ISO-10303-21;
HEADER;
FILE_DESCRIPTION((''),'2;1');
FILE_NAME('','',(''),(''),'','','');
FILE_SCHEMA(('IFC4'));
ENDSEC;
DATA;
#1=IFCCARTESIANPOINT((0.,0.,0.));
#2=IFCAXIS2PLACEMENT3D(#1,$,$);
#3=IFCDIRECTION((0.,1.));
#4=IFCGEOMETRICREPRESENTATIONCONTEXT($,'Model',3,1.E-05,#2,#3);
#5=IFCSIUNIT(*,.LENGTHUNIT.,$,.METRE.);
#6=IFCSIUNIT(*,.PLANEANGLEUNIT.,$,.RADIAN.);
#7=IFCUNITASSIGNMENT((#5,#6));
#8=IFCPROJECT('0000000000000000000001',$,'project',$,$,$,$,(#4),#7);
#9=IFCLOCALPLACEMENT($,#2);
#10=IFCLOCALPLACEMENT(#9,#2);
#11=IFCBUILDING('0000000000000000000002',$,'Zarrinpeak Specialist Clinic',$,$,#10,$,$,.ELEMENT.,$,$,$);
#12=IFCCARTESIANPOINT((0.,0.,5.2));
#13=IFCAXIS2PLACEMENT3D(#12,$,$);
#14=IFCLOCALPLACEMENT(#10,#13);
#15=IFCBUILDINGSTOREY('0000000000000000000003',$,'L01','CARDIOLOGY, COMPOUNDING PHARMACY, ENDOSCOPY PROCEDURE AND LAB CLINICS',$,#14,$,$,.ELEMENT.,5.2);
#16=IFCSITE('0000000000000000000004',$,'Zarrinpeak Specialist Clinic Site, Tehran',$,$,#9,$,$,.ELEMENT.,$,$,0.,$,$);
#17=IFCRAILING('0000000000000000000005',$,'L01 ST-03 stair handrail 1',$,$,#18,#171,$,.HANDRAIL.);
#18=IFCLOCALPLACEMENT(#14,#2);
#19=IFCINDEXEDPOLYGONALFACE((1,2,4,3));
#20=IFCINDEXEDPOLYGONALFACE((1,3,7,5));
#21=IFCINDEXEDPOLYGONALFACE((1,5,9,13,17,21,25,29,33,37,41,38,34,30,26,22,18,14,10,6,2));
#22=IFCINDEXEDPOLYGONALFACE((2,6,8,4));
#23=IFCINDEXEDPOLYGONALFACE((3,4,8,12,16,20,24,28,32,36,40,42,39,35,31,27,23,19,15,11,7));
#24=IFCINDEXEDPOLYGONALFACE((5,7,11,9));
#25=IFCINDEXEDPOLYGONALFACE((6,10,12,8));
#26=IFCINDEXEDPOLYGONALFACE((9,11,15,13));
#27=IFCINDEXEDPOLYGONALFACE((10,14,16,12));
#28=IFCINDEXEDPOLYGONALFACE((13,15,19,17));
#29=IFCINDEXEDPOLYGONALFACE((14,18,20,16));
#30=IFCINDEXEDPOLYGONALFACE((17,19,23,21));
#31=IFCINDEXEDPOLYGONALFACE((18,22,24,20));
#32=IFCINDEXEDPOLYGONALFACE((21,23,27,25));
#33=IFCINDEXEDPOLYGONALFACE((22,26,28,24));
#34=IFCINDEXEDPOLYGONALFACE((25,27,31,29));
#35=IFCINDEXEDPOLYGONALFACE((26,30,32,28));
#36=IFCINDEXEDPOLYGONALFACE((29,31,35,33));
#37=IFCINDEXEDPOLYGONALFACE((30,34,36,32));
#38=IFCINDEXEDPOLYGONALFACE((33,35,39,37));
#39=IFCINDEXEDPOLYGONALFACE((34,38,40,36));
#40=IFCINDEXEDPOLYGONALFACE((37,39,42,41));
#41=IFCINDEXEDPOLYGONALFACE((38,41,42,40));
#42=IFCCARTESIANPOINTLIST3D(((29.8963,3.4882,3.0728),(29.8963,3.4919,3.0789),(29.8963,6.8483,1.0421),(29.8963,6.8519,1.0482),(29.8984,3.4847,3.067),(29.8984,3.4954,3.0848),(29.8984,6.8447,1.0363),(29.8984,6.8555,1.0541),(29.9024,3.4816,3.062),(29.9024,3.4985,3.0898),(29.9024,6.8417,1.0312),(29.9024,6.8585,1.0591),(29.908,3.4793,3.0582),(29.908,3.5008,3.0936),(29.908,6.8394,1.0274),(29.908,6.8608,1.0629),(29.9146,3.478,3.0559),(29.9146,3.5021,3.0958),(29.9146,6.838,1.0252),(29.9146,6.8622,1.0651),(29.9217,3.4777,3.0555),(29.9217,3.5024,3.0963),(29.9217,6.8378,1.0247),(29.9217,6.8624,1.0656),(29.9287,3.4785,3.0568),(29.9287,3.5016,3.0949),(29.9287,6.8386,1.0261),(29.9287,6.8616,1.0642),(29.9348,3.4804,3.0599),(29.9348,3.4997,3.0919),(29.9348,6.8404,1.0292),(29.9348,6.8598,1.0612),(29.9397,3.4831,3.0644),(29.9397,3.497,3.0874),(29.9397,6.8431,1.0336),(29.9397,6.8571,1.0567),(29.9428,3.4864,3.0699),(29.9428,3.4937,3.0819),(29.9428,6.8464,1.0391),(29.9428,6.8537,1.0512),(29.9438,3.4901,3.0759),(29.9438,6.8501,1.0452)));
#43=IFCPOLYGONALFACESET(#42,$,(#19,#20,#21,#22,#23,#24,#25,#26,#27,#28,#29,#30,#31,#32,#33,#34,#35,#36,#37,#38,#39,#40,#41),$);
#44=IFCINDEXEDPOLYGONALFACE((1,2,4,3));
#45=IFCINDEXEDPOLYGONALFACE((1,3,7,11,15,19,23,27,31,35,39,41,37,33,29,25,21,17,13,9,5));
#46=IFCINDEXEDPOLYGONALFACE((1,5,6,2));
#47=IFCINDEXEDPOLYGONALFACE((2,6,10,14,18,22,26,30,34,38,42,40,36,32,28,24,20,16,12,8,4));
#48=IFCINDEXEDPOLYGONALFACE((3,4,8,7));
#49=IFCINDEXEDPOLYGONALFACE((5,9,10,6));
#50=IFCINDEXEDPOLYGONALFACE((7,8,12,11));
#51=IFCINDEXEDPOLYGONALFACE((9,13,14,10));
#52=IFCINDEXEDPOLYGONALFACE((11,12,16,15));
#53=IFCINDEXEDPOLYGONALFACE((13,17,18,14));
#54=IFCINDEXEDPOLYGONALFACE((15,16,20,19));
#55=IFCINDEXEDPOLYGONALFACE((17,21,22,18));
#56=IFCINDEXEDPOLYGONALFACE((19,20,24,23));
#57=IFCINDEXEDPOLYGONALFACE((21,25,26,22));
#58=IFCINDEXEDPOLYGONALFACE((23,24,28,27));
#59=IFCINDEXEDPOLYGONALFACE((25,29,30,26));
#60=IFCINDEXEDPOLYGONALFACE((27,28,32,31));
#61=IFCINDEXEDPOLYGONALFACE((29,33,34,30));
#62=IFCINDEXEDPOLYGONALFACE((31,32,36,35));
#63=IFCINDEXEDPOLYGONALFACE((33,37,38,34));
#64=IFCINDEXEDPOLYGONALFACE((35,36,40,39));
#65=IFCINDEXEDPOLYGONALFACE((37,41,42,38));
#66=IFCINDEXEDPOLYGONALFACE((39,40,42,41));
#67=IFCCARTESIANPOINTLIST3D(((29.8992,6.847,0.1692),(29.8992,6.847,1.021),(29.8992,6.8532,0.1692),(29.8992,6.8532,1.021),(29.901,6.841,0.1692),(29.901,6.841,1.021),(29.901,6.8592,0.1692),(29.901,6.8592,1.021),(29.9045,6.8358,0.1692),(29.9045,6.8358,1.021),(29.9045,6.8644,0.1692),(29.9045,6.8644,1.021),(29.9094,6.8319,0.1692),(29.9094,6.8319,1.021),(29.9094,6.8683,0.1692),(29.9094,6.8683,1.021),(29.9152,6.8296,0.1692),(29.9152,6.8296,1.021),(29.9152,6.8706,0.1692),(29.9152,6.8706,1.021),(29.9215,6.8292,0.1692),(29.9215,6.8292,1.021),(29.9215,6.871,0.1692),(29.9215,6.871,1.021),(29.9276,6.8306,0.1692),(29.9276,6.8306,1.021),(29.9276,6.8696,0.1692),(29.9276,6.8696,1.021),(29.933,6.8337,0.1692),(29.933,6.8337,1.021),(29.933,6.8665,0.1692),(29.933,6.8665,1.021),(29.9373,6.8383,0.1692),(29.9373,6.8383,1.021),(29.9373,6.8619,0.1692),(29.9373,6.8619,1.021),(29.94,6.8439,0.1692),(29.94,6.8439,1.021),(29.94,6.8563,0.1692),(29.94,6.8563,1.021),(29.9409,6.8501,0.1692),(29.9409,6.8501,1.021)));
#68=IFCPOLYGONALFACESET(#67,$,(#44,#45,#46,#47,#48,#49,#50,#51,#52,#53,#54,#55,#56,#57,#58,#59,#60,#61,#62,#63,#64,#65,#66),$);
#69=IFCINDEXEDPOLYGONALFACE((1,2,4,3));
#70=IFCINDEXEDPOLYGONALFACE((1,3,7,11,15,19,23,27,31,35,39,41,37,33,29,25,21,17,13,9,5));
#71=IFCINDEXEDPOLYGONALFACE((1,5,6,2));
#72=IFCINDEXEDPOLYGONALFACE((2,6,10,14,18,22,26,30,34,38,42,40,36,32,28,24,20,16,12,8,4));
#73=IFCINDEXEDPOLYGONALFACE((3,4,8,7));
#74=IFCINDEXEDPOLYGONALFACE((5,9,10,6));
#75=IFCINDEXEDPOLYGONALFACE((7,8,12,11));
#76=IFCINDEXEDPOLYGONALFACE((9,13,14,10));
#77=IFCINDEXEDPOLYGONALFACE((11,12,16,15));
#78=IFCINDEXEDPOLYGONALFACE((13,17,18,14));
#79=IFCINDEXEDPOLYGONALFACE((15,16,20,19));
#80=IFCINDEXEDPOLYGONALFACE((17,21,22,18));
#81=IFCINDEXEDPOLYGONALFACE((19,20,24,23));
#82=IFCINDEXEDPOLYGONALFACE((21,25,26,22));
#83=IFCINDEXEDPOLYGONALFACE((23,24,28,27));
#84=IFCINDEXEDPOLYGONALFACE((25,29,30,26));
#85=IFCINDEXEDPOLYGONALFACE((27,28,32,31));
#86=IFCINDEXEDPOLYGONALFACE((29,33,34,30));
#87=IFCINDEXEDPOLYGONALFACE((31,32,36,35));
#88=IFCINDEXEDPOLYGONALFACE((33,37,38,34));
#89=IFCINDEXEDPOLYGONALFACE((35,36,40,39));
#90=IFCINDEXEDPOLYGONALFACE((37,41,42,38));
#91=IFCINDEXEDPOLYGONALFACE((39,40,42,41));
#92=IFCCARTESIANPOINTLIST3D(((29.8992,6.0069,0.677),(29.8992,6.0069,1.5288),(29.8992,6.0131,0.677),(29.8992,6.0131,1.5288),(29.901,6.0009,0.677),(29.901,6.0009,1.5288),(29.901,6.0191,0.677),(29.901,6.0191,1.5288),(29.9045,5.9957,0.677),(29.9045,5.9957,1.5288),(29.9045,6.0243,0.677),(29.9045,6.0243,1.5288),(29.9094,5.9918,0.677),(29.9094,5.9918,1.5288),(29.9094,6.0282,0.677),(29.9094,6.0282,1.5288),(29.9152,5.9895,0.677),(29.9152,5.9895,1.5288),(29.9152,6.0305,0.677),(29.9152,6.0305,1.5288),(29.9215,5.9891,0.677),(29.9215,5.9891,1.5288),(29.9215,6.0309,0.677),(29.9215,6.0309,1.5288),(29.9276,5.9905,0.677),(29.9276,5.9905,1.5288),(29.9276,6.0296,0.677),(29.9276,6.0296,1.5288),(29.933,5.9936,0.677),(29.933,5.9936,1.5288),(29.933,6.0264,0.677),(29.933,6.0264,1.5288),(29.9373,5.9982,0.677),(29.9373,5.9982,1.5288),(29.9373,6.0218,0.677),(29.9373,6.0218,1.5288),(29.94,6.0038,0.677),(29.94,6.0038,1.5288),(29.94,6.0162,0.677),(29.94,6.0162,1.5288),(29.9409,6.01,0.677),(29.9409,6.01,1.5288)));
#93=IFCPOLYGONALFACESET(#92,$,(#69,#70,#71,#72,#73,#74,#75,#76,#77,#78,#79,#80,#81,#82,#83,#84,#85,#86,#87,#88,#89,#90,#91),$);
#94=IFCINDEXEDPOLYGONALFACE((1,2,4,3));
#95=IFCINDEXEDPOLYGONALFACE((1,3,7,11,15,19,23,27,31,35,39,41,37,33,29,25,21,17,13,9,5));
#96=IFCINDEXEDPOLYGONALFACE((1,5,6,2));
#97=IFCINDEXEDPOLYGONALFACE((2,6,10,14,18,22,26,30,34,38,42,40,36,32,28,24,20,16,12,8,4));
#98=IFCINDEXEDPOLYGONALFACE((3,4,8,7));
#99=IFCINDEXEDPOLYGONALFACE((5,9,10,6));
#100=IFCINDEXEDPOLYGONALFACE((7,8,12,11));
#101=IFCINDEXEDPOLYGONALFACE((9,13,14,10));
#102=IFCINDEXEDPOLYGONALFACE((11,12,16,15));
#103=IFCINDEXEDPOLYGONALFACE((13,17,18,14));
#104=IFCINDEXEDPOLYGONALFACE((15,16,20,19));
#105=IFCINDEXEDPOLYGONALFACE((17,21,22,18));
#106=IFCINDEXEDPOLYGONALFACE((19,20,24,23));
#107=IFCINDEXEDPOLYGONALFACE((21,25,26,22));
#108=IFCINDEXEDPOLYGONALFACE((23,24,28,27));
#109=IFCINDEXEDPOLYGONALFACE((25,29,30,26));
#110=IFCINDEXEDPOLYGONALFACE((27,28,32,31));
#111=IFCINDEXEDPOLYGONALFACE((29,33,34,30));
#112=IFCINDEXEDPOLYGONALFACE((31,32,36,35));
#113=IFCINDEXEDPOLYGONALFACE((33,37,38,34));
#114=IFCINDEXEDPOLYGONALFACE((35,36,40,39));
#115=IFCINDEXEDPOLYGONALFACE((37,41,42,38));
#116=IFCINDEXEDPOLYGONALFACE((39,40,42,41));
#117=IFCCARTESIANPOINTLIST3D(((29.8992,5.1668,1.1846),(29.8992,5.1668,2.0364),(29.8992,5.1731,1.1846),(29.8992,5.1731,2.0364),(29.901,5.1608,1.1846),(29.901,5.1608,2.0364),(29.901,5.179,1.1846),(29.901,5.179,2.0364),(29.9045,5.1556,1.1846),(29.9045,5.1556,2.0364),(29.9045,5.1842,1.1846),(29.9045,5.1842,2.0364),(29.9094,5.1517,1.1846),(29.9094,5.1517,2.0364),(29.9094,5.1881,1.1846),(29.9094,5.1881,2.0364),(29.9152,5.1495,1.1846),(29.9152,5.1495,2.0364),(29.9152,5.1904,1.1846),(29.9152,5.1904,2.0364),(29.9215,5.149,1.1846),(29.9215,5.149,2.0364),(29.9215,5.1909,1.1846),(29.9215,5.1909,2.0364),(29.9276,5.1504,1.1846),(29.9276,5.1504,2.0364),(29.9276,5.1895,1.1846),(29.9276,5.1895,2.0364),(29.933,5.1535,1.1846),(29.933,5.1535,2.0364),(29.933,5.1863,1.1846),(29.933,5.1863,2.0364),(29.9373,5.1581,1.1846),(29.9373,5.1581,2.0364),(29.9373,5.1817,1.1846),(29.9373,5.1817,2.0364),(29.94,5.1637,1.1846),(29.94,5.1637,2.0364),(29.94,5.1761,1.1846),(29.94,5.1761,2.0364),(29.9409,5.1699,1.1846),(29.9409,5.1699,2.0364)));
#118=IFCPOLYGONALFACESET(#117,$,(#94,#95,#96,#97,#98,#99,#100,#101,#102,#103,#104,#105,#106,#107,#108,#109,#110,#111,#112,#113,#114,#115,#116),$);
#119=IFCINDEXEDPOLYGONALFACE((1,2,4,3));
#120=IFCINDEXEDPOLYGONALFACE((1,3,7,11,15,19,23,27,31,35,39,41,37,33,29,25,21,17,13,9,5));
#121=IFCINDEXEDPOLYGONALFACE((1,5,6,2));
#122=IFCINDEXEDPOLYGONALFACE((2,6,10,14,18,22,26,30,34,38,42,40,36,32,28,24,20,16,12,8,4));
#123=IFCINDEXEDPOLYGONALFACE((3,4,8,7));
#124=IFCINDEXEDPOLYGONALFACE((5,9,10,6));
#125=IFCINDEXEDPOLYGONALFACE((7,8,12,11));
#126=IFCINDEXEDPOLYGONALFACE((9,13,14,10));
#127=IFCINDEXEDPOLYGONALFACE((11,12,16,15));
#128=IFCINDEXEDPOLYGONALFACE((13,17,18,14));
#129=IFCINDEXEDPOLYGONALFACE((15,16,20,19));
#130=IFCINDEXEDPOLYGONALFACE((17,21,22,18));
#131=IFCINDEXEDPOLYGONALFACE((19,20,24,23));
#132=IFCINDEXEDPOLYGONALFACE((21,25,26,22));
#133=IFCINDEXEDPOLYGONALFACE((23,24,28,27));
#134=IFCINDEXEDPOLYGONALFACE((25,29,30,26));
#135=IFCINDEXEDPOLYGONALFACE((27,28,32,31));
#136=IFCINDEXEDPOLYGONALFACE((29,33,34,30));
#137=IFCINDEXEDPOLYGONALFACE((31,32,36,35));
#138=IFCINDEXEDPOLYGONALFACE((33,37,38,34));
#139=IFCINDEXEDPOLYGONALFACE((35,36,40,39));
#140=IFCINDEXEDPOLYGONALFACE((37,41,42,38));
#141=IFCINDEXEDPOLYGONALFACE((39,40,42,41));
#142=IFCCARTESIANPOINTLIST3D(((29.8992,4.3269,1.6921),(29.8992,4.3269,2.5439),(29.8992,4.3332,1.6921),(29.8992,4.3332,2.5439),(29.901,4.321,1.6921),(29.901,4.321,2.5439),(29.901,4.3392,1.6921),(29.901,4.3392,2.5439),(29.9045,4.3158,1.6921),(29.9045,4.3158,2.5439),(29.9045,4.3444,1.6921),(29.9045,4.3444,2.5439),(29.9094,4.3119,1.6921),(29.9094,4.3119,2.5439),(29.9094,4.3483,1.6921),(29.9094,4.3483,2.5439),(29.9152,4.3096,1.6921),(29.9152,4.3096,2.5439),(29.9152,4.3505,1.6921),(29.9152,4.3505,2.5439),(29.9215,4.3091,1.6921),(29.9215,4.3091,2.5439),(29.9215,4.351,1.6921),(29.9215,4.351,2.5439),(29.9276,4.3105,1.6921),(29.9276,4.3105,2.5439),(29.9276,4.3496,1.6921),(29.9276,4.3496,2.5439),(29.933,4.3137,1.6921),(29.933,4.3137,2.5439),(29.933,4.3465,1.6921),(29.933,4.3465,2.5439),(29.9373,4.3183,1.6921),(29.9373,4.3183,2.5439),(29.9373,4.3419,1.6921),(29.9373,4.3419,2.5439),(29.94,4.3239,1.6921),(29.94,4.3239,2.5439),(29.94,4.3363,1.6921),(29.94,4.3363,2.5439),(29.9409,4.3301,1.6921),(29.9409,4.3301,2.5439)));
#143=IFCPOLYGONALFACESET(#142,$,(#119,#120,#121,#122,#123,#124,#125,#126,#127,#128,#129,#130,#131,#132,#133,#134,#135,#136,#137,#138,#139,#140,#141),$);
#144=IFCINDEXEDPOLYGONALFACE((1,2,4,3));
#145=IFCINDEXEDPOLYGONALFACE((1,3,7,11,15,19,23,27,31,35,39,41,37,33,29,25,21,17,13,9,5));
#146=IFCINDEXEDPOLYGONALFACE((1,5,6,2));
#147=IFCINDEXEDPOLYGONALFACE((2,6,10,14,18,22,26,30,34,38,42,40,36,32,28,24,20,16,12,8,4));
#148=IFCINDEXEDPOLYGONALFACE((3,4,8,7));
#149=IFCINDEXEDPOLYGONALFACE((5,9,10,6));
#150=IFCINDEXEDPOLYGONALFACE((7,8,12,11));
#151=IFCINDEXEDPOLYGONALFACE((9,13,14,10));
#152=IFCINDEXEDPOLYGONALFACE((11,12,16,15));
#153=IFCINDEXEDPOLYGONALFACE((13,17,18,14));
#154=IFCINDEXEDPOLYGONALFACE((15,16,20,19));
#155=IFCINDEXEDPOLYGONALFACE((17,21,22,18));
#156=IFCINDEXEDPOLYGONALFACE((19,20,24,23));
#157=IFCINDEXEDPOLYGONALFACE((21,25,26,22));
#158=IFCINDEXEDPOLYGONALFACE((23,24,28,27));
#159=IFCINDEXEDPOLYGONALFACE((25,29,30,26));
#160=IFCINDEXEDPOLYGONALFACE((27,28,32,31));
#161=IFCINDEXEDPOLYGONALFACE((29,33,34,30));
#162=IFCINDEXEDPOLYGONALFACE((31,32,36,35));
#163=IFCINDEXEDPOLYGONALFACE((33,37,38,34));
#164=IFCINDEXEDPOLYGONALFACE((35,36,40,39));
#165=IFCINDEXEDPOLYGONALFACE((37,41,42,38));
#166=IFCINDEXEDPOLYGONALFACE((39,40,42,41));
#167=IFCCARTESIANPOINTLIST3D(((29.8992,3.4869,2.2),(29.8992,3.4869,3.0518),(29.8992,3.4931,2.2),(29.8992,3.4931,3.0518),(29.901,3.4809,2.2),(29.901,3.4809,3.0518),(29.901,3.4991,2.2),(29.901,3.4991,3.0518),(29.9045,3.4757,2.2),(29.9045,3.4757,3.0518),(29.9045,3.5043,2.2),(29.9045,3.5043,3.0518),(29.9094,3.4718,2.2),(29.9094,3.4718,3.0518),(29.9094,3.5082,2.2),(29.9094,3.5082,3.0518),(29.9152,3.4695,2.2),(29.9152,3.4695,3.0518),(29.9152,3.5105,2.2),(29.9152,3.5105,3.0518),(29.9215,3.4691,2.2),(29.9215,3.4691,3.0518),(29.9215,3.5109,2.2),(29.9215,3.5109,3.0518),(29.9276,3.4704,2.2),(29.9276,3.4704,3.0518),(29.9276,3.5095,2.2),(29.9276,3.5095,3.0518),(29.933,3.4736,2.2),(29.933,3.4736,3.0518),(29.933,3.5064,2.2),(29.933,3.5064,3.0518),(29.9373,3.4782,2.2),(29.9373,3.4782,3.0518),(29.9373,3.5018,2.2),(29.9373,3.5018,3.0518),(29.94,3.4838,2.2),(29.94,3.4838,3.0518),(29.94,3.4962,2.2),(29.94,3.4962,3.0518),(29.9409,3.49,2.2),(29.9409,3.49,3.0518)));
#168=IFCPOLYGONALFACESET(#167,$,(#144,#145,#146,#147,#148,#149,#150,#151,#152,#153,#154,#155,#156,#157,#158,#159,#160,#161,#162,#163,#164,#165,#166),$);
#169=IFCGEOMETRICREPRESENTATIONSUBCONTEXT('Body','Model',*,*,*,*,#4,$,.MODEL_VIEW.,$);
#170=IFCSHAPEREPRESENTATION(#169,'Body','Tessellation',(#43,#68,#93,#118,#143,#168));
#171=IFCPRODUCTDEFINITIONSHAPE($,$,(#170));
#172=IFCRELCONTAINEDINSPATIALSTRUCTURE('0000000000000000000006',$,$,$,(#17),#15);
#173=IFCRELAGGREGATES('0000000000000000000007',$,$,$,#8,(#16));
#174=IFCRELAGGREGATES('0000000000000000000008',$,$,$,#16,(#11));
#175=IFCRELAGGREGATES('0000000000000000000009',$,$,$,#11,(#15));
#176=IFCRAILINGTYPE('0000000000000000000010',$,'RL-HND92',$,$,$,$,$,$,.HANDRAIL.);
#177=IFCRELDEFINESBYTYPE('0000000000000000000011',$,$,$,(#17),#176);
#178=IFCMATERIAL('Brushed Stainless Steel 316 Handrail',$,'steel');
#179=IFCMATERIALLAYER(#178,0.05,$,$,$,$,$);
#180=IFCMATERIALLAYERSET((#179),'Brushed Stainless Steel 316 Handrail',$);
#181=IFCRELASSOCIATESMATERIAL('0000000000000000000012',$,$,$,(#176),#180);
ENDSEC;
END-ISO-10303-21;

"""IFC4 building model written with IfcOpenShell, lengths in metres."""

from ifc_helpers import new_model, si_unit, direction, frame, origin, origin_2d, place, context, subcontext, project, spatial, circle, extrude, material, layer, layer_set, type_object, element, save


model = new_model("IFC4")

# Units and contexts
model_context = context("Model", 3, precision=1e-05, world=origin(), true_north=direction((0.0, 1.0)))
body_context = subcontext(model_context, "Body", "Model", "MODEL_VIEW")
ifc_project = project(units=[si_unit("LENGTHUNIT", "METRE"), si_unit("PLANEANGLEUNIT", "RADIAN")], contexts=[model_context])

# Site, building, storey
site_placement = place(None, origin())
site = spatial("IfcSite", under=ifc_project, at=site_placement, Name="Zarrinpeak Specialist Clinic Site, Tehran", CompositionType="ELEMENT", RefElevation=0.0)
building_placement = place(site_placement, origin())
building = spatial("IfcBuilding", under=site, at=building_placement, Name="Zarrinpeak Specialist Clinic", CompositionType="ELEMENT")
storey_placement = place(building_placement, frame((0.0, 0.0, 5.2)))
storey = spatial("IfcBuildingStorey", under=building, at=storey_placement, Name="L01", Description="CARDIOLOGY, COMPOUNDING PHARMACY, ENDOSCOPY PROCEDURE AND LAB CLINICS", CompositionType="ELEMENT", Elevation=5.2)

# Railing
ifc_material_1 = material(Name="Brushed Stainless Steel 316 Handrail", Category="steel")
ifc_layer_1 = layer(ifc_material_1, 0.05)
ifc_layer_set_1 = layer_set([ifc_layer_1], Name="Brushed Stainless Steel 316 Handrail")
railing_type_1 = type_object("IfcRailingType", Name="RL-HND92", PredefinedType="HANDRAIL", material=ifc_layer_set_1)
railing_1_placement = place(storey_placement, frame((29.9199, 6.8501, 0.1692)))
element("IfcRailing", 1, at=railing_1_placement, inside=storey, type_object=railing_type_1, Name="L01 ST-03 stair handrail 1", PredefinedType="HANDRAIL", context=body_context, shape_type="SweptSolid", body=[
    extrude(circle(Radius=0.0239, at=origin_2d()), frame((0.0, 0.0, 0.876), z_axis=(0.0, -0.855837, 0.517246), x_axis=(1.0, 0.0, 0.0)), (0.0, 0.0, 1.0), 3.926),
    extrude(circle(Radius=0.021, at=origin_2d()), origin(), (0.0, 0.0, 1.0), 0.8518),
    extrude(circle(Radius=0.021, at=origin_2d()), frame((0.0, -0.8401, 0.5078)), (0.0, 0.0, 1.0), 0.8518),
    extrude(circle(Radius=0.021, at=origin_2d()), frame((0.0, -1.6802, 1.0154)), (0.0, 0.0, 1.0), 0.8518),
    extrude(circle(Radius=0.021, at=origin_2d()), frame((0.0, -2.52, 1.5229)), (0.0, 0.0, 1.0), 0.8518),
    extrude(circle(Radius=0.021, at=origin_2d()), frame((0.0, -3.3601, 2.0308)), (0.0, 0.0, 1.0), 0.8518),
])

save(model, "model.ifc")
